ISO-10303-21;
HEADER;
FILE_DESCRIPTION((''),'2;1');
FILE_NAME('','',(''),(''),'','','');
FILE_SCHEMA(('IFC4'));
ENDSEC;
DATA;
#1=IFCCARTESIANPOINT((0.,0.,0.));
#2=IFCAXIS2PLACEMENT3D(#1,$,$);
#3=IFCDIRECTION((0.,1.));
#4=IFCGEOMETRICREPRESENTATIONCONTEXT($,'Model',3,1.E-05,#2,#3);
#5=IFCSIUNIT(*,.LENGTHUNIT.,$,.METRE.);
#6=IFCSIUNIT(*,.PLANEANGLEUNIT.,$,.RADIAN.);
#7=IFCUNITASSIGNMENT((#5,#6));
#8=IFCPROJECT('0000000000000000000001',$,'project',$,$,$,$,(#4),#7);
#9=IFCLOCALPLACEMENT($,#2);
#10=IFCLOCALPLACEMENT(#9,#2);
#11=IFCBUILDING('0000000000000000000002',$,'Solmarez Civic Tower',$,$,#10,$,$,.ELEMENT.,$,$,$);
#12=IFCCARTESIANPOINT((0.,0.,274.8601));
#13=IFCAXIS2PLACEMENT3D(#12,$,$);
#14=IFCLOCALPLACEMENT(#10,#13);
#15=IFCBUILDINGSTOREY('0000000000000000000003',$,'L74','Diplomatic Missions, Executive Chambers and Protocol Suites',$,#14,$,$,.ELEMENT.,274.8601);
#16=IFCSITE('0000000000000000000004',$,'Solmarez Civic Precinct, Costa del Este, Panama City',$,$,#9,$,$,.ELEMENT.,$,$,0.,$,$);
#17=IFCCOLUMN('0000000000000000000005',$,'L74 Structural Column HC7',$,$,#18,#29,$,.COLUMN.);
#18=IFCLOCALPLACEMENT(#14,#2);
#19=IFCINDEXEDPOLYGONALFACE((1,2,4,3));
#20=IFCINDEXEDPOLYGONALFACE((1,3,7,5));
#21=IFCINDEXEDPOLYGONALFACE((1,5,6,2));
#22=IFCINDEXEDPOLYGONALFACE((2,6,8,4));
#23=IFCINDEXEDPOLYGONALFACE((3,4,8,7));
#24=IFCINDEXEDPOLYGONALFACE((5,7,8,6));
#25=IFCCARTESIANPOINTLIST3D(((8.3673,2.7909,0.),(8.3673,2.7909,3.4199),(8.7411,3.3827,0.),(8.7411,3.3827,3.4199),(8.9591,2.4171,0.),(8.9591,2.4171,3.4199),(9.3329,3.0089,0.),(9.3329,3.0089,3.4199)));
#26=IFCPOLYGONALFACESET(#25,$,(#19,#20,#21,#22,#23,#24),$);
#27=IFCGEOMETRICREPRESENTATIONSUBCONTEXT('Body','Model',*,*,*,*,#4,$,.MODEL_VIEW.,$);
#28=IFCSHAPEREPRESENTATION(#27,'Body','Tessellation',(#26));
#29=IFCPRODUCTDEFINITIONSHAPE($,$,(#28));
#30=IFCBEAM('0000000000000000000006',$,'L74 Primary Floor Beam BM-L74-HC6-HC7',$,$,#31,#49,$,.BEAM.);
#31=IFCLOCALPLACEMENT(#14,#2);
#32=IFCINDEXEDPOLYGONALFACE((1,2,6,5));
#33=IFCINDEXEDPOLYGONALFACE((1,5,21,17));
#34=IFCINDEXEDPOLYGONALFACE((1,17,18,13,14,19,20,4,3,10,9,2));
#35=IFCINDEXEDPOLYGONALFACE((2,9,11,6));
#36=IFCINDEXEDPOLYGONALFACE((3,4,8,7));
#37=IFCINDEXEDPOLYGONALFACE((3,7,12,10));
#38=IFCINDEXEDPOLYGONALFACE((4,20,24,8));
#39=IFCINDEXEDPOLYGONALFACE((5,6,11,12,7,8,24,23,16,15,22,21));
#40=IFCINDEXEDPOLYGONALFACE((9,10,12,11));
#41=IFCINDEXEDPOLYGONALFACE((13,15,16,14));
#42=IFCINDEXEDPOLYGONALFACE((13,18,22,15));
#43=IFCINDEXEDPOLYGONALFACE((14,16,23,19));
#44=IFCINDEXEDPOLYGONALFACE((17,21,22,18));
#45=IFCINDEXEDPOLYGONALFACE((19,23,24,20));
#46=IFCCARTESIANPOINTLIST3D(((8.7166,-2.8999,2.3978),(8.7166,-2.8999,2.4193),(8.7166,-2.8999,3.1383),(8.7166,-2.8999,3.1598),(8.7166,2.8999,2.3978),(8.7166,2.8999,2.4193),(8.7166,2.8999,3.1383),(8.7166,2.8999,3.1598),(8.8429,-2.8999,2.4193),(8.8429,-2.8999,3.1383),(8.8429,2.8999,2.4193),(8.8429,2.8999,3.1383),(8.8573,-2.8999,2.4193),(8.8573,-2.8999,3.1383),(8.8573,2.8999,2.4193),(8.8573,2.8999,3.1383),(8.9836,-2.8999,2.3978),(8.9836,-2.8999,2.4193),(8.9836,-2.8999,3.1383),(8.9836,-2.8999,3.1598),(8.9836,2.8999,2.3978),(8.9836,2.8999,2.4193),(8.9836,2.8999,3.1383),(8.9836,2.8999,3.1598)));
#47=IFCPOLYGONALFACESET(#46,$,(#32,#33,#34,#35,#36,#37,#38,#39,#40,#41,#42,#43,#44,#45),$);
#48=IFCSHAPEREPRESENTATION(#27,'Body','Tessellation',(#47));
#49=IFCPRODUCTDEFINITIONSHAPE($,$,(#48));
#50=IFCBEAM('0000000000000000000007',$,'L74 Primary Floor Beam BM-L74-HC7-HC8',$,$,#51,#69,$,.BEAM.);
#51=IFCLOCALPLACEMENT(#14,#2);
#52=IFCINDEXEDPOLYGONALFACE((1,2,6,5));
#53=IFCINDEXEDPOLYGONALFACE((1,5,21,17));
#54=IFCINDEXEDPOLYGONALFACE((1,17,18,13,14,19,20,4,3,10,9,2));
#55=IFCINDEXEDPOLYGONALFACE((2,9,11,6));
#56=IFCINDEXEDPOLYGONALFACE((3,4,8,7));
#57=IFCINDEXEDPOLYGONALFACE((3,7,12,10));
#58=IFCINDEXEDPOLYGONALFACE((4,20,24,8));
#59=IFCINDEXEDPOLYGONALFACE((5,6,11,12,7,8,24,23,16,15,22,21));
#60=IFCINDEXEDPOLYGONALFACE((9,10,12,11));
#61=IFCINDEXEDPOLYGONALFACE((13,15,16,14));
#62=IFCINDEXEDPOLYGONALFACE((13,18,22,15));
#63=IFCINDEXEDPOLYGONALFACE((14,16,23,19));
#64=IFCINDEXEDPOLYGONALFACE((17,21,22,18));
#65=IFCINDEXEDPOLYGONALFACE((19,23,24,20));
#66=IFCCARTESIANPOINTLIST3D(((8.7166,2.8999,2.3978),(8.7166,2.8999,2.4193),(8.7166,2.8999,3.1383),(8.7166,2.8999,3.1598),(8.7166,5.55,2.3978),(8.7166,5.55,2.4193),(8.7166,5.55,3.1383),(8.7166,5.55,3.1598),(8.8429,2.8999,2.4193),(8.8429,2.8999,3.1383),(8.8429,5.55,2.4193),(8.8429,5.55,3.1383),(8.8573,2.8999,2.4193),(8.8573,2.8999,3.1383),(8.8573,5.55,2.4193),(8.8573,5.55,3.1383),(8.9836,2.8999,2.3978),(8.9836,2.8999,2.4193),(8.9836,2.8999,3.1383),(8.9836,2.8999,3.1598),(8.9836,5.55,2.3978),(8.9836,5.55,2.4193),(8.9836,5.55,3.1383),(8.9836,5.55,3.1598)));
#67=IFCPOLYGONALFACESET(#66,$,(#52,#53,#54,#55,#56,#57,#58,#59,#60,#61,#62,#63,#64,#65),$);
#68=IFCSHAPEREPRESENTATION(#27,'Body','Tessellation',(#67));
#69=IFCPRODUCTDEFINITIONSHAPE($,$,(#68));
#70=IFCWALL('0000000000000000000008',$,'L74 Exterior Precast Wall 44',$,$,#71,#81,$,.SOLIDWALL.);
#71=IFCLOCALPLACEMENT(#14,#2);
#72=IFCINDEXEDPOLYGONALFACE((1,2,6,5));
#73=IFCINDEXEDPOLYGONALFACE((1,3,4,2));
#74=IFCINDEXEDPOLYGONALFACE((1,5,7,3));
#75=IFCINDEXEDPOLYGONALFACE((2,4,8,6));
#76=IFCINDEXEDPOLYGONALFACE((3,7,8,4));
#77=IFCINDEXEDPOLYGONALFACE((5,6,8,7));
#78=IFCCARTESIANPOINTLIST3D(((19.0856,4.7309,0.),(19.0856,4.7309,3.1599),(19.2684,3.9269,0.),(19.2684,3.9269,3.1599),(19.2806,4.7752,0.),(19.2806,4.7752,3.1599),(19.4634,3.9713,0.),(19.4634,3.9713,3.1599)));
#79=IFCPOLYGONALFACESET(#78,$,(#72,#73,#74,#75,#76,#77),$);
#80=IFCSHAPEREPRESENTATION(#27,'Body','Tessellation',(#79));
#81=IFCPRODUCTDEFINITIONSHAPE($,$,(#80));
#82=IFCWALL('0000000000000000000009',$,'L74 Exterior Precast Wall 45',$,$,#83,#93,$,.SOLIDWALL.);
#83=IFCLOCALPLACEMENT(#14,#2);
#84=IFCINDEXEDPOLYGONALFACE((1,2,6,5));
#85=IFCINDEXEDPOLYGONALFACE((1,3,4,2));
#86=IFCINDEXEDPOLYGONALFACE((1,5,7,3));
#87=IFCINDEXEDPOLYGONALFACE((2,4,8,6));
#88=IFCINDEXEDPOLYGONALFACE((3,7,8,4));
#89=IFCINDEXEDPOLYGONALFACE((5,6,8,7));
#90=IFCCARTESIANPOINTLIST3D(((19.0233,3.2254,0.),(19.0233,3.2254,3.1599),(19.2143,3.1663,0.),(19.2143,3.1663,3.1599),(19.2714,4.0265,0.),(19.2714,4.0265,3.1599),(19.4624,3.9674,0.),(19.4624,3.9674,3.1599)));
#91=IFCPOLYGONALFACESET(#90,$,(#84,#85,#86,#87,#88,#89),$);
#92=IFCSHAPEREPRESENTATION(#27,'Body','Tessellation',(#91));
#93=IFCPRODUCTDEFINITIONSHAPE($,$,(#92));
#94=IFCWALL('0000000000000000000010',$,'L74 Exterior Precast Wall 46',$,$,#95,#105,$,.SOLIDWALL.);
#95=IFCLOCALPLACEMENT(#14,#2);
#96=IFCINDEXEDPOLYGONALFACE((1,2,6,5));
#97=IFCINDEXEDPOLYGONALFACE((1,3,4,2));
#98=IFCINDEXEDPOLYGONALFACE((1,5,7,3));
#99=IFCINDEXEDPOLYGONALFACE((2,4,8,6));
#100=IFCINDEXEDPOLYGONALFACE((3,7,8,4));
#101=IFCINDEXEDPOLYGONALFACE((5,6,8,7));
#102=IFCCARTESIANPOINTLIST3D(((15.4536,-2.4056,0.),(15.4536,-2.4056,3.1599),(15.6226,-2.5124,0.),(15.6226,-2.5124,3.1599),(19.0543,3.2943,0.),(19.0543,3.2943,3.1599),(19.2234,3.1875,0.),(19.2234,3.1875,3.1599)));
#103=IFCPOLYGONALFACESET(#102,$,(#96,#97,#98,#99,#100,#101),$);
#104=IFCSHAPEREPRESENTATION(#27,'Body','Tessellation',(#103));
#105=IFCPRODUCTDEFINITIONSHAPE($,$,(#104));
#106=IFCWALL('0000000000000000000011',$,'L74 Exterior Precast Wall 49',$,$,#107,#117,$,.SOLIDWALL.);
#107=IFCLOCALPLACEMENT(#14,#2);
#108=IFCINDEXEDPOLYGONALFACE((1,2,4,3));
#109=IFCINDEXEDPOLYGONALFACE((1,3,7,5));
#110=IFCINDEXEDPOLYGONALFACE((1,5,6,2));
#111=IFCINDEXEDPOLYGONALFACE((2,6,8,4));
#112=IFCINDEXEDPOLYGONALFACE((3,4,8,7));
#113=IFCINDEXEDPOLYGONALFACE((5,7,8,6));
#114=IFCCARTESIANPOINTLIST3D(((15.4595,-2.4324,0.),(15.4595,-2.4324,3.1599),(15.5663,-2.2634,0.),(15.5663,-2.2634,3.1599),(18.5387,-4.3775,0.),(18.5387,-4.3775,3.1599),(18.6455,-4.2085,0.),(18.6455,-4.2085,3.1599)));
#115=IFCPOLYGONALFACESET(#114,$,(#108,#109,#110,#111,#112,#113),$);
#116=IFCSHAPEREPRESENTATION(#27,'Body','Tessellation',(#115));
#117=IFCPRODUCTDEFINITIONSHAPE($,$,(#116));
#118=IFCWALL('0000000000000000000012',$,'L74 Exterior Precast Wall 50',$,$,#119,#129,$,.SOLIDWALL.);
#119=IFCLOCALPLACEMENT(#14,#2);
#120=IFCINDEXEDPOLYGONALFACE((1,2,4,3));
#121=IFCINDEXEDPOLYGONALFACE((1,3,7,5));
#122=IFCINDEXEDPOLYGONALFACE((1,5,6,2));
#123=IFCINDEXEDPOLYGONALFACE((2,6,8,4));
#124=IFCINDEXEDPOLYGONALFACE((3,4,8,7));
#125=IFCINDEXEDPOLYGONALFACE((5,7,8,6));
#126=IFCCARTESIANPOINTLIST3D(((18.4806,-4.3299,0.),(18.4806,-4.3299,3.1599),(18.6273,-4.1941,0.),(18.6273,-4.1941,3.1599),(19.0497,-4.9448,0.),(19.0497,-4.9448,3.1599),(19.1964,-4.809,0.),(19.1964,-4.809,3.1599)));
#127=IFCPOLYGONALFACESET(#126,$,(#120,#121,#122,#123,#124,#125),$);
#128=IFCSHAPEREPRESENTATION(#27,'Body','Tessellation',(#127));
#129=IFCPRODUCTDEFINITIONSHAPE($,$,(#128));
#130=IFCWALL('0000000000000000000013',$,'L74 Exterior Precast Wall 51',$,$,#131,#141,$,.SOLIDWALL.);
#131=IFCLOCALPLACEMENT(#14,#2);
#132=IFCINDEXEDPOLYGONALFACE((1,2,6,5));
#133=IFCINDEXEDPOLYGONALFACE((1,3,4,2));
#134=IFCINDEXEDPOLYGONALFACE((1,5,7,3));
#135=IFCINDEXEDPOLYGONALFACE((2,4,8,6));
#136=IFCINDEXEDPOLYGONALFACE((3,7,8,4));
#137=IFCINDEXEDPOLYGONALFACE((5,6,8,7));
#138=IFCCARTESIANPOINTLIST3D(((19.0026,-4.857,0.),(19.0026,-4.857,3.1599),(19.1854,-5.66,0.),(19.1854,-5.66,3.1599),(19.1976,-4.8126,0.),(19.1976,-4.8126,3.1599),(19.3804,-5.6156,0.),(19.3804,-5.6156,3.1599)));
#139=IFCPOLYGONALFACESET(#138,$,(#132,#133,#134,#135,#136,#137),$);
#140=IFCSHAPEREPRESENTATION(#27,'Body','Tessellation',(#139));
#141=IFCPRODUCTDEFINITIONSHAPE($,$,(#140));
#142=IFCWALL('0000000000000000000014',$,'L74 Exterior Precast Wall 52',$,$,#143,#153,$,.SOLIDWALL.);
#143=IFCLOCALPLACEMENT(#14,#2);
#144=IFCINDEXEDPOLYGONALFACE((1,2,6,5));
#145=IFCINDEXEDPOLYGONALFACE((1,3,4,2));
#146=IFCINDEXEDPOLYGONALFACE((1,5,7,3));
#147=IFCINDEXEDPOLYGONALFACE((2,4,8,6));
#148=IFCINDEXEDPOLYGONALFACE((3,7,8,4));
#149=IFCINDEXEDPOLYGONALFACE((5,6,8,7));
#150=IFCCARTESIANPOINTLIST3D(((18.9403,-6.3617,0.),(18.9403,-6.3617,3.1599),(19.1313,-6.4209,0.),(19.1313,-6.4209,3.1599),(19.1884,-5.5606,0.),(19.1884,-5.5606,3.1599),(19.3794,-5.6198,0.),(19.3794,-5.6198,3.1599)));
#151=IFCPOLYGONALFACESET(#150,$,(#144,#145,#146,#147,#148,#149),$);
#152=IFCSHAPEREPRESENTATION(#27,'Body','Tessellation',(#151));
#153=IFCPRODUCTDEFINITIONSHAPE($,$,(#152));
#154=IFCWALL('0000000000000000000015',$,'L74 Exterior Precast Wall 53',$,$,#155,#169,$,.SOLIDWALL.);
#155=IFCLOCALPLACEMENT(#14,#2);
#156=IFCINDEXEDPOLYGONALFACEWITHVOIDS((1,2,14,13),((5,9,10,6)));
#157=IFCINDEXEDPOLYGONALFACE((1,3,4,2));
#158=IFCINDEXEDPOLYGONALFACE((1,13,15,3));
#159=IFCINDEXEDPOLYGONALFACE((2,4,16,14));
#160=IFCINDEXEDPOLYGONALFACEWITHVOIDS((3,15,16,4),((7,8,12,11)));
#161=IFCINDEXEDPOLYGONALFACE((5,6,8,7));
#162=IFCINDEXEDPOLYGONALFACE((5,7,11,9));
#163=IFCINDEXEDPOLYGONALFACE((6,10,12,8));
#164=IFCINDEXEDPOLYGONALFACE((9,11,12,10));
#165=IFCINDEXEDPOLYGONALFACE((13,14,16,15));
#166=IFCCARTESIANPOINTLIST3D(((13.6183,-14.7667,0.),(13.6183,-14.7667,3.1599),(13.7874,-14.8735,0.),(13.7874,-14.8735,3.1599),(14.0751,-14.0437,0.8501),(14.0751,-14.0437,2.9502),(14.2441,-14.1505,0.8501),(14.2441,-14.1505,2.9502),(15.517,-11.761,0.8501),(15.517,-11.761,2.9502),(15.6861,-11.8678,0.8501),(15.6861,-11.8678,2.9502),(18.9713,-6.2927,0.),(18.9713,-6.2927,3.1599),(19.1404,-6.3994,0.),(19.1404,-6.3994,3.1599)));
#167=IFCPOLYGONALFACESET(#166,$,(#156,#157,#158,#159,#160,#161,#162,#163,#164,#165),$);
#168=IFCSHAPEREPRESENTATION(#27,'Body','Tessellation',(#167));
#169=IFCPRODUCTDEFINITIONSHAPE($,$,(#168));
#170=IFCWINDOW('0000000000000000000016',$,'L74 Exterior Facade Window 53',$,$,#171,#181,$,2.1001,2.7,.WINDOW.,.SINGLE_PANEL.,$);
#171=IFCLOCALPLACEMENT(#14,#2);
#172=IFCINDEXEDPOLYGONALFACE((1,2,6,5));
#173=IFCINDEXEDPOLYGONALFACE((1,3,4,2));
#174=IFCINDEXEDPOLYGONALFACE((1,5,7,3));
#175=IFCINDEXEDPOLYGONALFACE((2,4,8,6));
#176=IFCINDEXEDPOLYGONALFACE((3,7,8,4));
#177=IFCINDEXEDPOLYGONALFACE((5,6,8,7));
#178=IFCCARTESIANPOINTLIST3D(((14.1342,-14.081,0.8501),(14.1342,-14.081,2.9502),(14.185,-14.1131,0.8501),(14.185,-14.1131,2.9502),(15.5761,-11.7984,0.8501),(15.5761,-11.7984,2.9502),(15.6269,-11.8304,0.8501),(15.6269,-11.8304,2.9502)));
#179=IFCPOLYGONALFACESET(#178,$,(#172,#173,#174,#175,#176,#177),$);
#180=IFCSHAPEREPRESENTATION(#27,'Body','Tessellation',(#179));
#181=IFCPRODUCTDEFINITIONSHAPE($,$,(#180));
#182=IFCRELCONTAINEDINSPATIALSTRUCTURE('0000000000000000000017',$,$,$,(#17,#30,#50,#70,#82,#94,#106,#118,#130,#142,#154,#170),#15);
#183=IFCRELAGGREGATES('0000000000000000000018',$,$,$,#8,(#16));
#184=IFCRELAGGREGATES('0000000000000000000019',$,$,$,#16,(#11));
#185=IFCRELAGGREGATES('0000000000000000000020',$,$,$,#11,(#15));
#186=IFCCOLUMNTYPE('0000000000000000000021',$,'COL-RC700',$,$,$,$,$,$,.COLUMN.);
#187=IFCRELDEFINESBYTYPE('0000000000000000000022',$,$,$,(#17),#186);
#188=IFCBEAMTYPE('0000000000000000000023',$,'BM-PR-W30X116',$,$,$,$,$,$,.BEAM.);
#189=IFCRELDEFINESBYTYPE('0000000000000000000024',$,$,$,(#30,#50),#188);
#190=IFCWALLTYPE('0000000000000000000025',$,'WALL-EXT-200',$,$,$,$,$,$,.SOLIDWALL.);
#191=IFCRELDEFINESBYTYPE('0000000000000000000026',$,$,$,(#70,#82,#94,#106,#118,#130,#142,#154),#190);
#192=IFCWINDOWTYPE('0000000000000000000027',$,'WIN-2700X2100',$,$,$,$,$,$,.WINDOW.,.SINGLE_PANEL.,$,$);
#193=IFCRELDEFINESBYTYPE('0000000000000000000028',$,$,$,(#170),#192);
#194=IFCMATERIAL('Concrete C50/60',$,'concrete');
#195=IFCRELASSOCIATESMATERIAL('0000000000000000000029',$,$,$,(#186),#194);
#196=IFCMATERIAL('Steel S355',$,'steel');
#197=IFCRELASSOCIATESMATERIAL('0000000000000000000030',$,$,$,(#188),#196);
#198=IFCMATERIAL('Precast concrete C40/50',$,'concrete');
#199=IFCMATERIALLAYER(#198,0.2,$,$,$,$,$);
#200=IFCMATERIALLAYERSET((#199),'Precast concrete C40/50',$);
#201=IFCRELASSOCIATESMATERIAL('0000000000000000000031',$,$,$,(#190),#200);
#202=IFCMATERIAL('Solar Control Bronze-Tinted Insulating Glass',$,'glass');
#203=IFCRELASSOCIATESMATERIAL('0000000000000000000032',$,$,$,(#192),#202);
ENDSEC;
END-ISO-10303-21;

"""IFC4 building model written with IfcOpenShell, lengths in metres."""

from ifc_helpers import new_model, si_unit, direction, frame, frame_2d, origin, origin_2d, place, context, subcontext, project, spatial, rectangle, i_section, extrude, material, layer, layer_set, material_profile, profile_set, type_object, element, fill, save


model = new_model("IFC4")

# Units and contexts
model_context = context("Model", 3, precision=1e-05, world=origin(), true_north=direction((0.0, 1.0)))
body_context = subcontext(model_context, "Body", "Model", "MODEL_VIEW")
ifc_project = project(units=[si_unit("LENGTHUNIT", "METRE"), si_unit("PLANEANGLEUNIT", "RADIAN")], contexts=[model_context])

# Site, building, storey
site_placement = place(None, origin())
site = spatial("IfcSite", under=ifc_project, at=site_placement, Name="Solmarez Civic Precinct, Costa del Este, Panama City", CompositionType="ELEMENT", RefElevation=0.0)
building_placement = place(site_placement, origin())
building = spatial("IfcBuilding", under=site, at=building_placement, Name="Solmarez Civic Tower", CompositionType="ELEMENT")
storey_placement = place(building_placement, frame((0.0, 0.0, 274.8601)))
storey = spatial("IfcBuildingStorey", under=building, at=storey_placement, Name="L74", Description="Diplomatic Missions, Executive Chambers and Protocol Suites", CompositionType="ELEMENT", Elevation=274.8601)

# Column
ifc_material_1 = material(Name="Concrete C50/60", Category="concrete")
ifc_material_profile_1 = material_profile(ifc_material_1, rectangle(XDim=0.7, YDim=0.7, at=origin_2d()), Name="RC700X700")
ifc_profile_set_1 = profile_set([ifc_material_profile_1], Name="Concrete C50/60")
column_type = type_object("IfcColumnType", Name="COL-RC700", PredefinedType="COLUMN", material=ifc_profile_set_1)
column_placement = place(storey_placement, frame((8.8501, 2.8999, 0.0), z_axis=(0.0, 0.0, 1.0), x_axis=(0.534057, 0.845448, 0.0)))
element("IfcColumn", 1, at=column_placement, inside=storey, type_object=column_type, Name="L74 Structural Column HC7", PredefinedType="COLUMN", context=body_context, shape_type="SweptSolid", body=[
    extrude(rectangle(XDim=0.7, YDim=0.7, at=origin_2d()), origin(), (0.0, 0.0, 1.0), 3.4199),
])

# Beams
ifc_material_2 = material(Name="Steel S355", Category="steel")
ifc_material_profile_2 = material_profile(ifc_material_2, i_section(OverallWidth=0.2671, OverallDepth=0.762, WebThickness=0.0144, FlangeThickness=0.0215, at=origin_2d()), Name="W30X116")
ifc_profile_set_2 = profile_set([ifc_material_profile_2], Name="Steel S355")
beam_type = type_object("IfcBeamType", Name="BM-PR-W30X116", PredefinedType="BEAM", material=ifc_profile_set_2)
beam_1_placement = place(storey_placement, frame((8.8501, -2.8999, 2.7788), z_axis=(0.0, 1.0, 0.0), x_axis=(-1.0, 0.0, 0.0)))
element("IfcBeam", 2, at=beam_1_placement, inside=storey, type_object=beam_type, Name="L74 Primary Floor Beam BM-L74-HC6-HC7", PredefinedType="BEAM", context=body_context, shape_type="SweptSolid", body=[
    extrude(i_section(OverallWidth=0.2671, OverallDepth=0.762, WebThickness=0.0144, FlangeThickness=0.0215, at=origin_2d()), origin(), (0.0, 0.0, 1.0), 5.7998),
])
beam_2_placement = place(storey_placement, frame((8.8501, 2.8999, 2.7788), z_axis=(0.0, 1.0, 0.0), x_axis=(-1.0, 0.0, 0.0)))
element("IfcBeam", 3, at=beam_2_placement, inside=storey, type_object=beam_type, Name="L74 Primary Floor Beam BM-L74-HC7-HC8", PredefinedType="BEAM", context=body_context, shape_type="SweptSolid", body=[
    extrude(i_section(OverallWidth=0.2671, OverallDepth=0.762, WebThickness=0.0144, FlangeThickness=0.0215, at=origin_2d()), origin(), (0.0, 0.0, 1.0), 2.6501),
])

# Walls
ifc_material_3 = material(Name="Precast concrete C40/50", Category="concrete")
ifc_layer_1 = layer(ifc_material_3, 0.2)
ifc_layer_set_1 = layer_set([ifc_layer_1], Name="Precast concrete C40/50")
wall_type_1 = type_object("IfcWallType", Name="WALL-EXT-200", PredefinedType="SOLIDWALL", material=ifc_layer_set_1)
wall_1_placement = place(storey_placement, frame((19.1831, 4.7529, 0.0), z_axis=(0.0, 0.0, 1.0), x_axis=(0.221787, -0.975095, 0.0)))
element("IfcWall", 4, at=wall_1_placement, inside=storey, type_object=wall_type_1, Name="L74 Exterior Precast Wall 44", PredefinedType="SOLIDWALL", context=body_context, shape_type="SweptSolid", body=[
    extrude(rectangle(XDim=0.8245, YDim=0.2, at=frame_2d((0.4121, 0.0))), origin(), (0.0, 0.0, 1.0), 3.1599),
])
wall_2_placement = place(storey_placement, frame((19.3669, 3.9971, 0.0), z_axis=(0.0, 0.0, 1.0), x_axis=(-0.295804, -0.955249, 0.0)))
element("IfcWall", 5, at=wall_2_placement, inside=storey, type_object=wall_type_1, Name="L74 Exterior Precast Wall 45", PredefinedType="SOLIDWALL", context=body_context, shape_type="SweptSolid", body=[
    extrude(rectangle(XDim=0.8386, YDim=0.2, at=frame_2d((0.4194, 0.0))), origin(), (0.0, 0.0, 1.0), 3.1599),
])
wall_3_placement = place(storey_placement, frame((19.1389, 3.241, 0.0), z_axis=(0.0, 0.0, 1.0), x_axis=(-0.534084, -0.845431, 0.0)))
element("IfcWall", 6, at=wall_3_placement, inside=storey, type_object=wall_type_1, Name="L74 Exterior Precast Wall 46", PredefinedType="SOLIDWALL", context=body_context, shape_type="SweptSolid", body=[
    extrude(rectangle(XDim=6.7419, YDim=0.2, at=frame_2d((3.3711, 0.0))), origin(), (0.0, 0.0, 1.0), 3.1599),
])
wall_4_placement = place(storey_placement, frame((15.5129, -2.3479, 0.0), z_axis=(0.0, 0.0, 1.0), x_axis=(0.845443, -0.534066, 0.0)))
element("IfcWall", 7, at=wall_4_placement, inside=storey, type_object=wall_type_1, Name="L74 Exterior Precast Wall 49", PredefinedType="SOLIDWALL", context=body_context, shape_type="SweptSolid", body=[
    extrude(rectangle(XDim=3.6421, YDim=0.2, at=frame_2d((1.821, 0.0))), origin(), (0.0, 0.0, 1.0), 3.1599),
])
wall_5_placement = place(storey_placement, frame((18.554, -4.262, 0.0), z_axis=(0.0, 0.0, 1.0), x_axis=(0.679187, -0.733965, 0.0)))
element("IfcWall", 8, at=wall_5_placement, inside=storey, type_object=wall_type_1, Name="L74 Exterior Precast Wall 50", PredefinedType="SOLIDWALL", context=body_context, shape_type="SweptSolid", body=[
    extrude(rectangle(XDim=0.8379, YDim=0.2, at=frame_2d((0.4189, 0.0))), origin(), (0.0, 0.0, 1.0), 3.1599),
])
wall_6_placement = place(storey_placement, frame((19.1001, -4.835, 0.0), z_axis=(0.0, 0.0, 1.0), x_axis=(0.222044, -0.975037, 0.0)))
element("IfcWall", 9, at=wall_6_placement, inside=storey, type_object=wall_type_1, Name="L74 Exterior Precast Wall 51", PredefinedType="SOLIDWALL", context=body_context, shape_type="SweptSolid", body=[
    extrude(rectangle(XDim=0.8235, YDim=0.2, at=frame_2d((0.4116, 0.0))), origin(), (0.0, 0.0, 1.0), 3.1599),
])
wall_7_placement = place(storey_placement, frame((19.2839, -5.5901, 0.0), z_axis=(0.0, 0.0, 1.0), x_axis=(-0.295804, -0.955249, 0.0)))
element("IfcWall", 10, at=wall_7_placement, inside=storey, type_object=wall_type_1, Name="L74 Exterior Precast Wall 52", PredefinedType="SOLIDWALL", context=body_context, shape_type="SweptSolid", body=[
    extrude(rectangle(XDim=0.8386, YDim=0.2, at=frame_2d((0.4194, 0.0))), origin(), (0.0, 0.0, 1.0), 3.1599),
])

# Wall, opening, window
wall_8_placement = place(storey_placement, frame((19.0559, -6.3459, 0.0), z_axis=(0.0, 0.0, 1.0), x_axis=(-0.534061, -0.845446, 0.0)))
wall_8 = element("IfcWall", 11, at=wall_8_placement, inside=storey, type_object=wall_type_1, Name="L74 Exterior Precast Wall 53", PredefinedType="SOLIDWALL", context=body_context, shape_type="SweptSolid", body=[
    extrude(rectangle(XDim=10.0232, YDim=0.2, at=frame_2d((5.0117, 0.0))), origin(), (0.0, 0.0, 1.0), 3.1599),
])
opening_1_placement = place(wall_8_placement, frame((6.468, 0.0, 0.8501)))
opening_1 = element("IfcOpeningElement", 12, at=opening_1_placement, cuts=wall_8, PredefinedType="OPENING", context=body_context, shape_type="SweptSolid", body=[
    extrude(rectangle(XDim=2.7, YDim=2.1001, at=frame_2d((1.3501, 1.05))), frame((0.0, 0.1099, 0.0), z_axis=(0.0, -1.0, 0.0), x_axis=(1.0, 0.0, 0.0)), (0.0, 0.0, 1.0), 0.22),
])
ifc_material_4 = material(Name="Solar Control Bronze-Tinted Insulating Glass", Category="glass")
window_type = type_object("IfcWindowType", Name="WIN-2700X2100", PartitioningType="SINGLE_PANEL", PredefinedType="WINDOW", material=ifc_material_4)
window_placement = place(opening_1_placement, origin())
window = element("IfcWindow", 13, at=window_placement, inside=storey, type_object=window_type, Name="L74 Exterior Facade Window 53", OverallHeight=2.1001, OverallWidth=2.7, PartitioningType="SINGLE_PANEL", PredefinedType="WINDOW", context=body_context, shape_type="SweptSolid", body=[
    extrude(rectangle(XDim=2.7, YDim=2.1001, at=frame_2d((1.3501, 1.05))), frame((0.0, 0.03, 0.0), z_axis=(0.0, -1.0, 0.0), x_axis=(1.0, 0.0, 0.0)), (0.0, 0.0, 1.0), 0.0601),
])
fill(opening_1, window)

save(model, "model.ifc")
